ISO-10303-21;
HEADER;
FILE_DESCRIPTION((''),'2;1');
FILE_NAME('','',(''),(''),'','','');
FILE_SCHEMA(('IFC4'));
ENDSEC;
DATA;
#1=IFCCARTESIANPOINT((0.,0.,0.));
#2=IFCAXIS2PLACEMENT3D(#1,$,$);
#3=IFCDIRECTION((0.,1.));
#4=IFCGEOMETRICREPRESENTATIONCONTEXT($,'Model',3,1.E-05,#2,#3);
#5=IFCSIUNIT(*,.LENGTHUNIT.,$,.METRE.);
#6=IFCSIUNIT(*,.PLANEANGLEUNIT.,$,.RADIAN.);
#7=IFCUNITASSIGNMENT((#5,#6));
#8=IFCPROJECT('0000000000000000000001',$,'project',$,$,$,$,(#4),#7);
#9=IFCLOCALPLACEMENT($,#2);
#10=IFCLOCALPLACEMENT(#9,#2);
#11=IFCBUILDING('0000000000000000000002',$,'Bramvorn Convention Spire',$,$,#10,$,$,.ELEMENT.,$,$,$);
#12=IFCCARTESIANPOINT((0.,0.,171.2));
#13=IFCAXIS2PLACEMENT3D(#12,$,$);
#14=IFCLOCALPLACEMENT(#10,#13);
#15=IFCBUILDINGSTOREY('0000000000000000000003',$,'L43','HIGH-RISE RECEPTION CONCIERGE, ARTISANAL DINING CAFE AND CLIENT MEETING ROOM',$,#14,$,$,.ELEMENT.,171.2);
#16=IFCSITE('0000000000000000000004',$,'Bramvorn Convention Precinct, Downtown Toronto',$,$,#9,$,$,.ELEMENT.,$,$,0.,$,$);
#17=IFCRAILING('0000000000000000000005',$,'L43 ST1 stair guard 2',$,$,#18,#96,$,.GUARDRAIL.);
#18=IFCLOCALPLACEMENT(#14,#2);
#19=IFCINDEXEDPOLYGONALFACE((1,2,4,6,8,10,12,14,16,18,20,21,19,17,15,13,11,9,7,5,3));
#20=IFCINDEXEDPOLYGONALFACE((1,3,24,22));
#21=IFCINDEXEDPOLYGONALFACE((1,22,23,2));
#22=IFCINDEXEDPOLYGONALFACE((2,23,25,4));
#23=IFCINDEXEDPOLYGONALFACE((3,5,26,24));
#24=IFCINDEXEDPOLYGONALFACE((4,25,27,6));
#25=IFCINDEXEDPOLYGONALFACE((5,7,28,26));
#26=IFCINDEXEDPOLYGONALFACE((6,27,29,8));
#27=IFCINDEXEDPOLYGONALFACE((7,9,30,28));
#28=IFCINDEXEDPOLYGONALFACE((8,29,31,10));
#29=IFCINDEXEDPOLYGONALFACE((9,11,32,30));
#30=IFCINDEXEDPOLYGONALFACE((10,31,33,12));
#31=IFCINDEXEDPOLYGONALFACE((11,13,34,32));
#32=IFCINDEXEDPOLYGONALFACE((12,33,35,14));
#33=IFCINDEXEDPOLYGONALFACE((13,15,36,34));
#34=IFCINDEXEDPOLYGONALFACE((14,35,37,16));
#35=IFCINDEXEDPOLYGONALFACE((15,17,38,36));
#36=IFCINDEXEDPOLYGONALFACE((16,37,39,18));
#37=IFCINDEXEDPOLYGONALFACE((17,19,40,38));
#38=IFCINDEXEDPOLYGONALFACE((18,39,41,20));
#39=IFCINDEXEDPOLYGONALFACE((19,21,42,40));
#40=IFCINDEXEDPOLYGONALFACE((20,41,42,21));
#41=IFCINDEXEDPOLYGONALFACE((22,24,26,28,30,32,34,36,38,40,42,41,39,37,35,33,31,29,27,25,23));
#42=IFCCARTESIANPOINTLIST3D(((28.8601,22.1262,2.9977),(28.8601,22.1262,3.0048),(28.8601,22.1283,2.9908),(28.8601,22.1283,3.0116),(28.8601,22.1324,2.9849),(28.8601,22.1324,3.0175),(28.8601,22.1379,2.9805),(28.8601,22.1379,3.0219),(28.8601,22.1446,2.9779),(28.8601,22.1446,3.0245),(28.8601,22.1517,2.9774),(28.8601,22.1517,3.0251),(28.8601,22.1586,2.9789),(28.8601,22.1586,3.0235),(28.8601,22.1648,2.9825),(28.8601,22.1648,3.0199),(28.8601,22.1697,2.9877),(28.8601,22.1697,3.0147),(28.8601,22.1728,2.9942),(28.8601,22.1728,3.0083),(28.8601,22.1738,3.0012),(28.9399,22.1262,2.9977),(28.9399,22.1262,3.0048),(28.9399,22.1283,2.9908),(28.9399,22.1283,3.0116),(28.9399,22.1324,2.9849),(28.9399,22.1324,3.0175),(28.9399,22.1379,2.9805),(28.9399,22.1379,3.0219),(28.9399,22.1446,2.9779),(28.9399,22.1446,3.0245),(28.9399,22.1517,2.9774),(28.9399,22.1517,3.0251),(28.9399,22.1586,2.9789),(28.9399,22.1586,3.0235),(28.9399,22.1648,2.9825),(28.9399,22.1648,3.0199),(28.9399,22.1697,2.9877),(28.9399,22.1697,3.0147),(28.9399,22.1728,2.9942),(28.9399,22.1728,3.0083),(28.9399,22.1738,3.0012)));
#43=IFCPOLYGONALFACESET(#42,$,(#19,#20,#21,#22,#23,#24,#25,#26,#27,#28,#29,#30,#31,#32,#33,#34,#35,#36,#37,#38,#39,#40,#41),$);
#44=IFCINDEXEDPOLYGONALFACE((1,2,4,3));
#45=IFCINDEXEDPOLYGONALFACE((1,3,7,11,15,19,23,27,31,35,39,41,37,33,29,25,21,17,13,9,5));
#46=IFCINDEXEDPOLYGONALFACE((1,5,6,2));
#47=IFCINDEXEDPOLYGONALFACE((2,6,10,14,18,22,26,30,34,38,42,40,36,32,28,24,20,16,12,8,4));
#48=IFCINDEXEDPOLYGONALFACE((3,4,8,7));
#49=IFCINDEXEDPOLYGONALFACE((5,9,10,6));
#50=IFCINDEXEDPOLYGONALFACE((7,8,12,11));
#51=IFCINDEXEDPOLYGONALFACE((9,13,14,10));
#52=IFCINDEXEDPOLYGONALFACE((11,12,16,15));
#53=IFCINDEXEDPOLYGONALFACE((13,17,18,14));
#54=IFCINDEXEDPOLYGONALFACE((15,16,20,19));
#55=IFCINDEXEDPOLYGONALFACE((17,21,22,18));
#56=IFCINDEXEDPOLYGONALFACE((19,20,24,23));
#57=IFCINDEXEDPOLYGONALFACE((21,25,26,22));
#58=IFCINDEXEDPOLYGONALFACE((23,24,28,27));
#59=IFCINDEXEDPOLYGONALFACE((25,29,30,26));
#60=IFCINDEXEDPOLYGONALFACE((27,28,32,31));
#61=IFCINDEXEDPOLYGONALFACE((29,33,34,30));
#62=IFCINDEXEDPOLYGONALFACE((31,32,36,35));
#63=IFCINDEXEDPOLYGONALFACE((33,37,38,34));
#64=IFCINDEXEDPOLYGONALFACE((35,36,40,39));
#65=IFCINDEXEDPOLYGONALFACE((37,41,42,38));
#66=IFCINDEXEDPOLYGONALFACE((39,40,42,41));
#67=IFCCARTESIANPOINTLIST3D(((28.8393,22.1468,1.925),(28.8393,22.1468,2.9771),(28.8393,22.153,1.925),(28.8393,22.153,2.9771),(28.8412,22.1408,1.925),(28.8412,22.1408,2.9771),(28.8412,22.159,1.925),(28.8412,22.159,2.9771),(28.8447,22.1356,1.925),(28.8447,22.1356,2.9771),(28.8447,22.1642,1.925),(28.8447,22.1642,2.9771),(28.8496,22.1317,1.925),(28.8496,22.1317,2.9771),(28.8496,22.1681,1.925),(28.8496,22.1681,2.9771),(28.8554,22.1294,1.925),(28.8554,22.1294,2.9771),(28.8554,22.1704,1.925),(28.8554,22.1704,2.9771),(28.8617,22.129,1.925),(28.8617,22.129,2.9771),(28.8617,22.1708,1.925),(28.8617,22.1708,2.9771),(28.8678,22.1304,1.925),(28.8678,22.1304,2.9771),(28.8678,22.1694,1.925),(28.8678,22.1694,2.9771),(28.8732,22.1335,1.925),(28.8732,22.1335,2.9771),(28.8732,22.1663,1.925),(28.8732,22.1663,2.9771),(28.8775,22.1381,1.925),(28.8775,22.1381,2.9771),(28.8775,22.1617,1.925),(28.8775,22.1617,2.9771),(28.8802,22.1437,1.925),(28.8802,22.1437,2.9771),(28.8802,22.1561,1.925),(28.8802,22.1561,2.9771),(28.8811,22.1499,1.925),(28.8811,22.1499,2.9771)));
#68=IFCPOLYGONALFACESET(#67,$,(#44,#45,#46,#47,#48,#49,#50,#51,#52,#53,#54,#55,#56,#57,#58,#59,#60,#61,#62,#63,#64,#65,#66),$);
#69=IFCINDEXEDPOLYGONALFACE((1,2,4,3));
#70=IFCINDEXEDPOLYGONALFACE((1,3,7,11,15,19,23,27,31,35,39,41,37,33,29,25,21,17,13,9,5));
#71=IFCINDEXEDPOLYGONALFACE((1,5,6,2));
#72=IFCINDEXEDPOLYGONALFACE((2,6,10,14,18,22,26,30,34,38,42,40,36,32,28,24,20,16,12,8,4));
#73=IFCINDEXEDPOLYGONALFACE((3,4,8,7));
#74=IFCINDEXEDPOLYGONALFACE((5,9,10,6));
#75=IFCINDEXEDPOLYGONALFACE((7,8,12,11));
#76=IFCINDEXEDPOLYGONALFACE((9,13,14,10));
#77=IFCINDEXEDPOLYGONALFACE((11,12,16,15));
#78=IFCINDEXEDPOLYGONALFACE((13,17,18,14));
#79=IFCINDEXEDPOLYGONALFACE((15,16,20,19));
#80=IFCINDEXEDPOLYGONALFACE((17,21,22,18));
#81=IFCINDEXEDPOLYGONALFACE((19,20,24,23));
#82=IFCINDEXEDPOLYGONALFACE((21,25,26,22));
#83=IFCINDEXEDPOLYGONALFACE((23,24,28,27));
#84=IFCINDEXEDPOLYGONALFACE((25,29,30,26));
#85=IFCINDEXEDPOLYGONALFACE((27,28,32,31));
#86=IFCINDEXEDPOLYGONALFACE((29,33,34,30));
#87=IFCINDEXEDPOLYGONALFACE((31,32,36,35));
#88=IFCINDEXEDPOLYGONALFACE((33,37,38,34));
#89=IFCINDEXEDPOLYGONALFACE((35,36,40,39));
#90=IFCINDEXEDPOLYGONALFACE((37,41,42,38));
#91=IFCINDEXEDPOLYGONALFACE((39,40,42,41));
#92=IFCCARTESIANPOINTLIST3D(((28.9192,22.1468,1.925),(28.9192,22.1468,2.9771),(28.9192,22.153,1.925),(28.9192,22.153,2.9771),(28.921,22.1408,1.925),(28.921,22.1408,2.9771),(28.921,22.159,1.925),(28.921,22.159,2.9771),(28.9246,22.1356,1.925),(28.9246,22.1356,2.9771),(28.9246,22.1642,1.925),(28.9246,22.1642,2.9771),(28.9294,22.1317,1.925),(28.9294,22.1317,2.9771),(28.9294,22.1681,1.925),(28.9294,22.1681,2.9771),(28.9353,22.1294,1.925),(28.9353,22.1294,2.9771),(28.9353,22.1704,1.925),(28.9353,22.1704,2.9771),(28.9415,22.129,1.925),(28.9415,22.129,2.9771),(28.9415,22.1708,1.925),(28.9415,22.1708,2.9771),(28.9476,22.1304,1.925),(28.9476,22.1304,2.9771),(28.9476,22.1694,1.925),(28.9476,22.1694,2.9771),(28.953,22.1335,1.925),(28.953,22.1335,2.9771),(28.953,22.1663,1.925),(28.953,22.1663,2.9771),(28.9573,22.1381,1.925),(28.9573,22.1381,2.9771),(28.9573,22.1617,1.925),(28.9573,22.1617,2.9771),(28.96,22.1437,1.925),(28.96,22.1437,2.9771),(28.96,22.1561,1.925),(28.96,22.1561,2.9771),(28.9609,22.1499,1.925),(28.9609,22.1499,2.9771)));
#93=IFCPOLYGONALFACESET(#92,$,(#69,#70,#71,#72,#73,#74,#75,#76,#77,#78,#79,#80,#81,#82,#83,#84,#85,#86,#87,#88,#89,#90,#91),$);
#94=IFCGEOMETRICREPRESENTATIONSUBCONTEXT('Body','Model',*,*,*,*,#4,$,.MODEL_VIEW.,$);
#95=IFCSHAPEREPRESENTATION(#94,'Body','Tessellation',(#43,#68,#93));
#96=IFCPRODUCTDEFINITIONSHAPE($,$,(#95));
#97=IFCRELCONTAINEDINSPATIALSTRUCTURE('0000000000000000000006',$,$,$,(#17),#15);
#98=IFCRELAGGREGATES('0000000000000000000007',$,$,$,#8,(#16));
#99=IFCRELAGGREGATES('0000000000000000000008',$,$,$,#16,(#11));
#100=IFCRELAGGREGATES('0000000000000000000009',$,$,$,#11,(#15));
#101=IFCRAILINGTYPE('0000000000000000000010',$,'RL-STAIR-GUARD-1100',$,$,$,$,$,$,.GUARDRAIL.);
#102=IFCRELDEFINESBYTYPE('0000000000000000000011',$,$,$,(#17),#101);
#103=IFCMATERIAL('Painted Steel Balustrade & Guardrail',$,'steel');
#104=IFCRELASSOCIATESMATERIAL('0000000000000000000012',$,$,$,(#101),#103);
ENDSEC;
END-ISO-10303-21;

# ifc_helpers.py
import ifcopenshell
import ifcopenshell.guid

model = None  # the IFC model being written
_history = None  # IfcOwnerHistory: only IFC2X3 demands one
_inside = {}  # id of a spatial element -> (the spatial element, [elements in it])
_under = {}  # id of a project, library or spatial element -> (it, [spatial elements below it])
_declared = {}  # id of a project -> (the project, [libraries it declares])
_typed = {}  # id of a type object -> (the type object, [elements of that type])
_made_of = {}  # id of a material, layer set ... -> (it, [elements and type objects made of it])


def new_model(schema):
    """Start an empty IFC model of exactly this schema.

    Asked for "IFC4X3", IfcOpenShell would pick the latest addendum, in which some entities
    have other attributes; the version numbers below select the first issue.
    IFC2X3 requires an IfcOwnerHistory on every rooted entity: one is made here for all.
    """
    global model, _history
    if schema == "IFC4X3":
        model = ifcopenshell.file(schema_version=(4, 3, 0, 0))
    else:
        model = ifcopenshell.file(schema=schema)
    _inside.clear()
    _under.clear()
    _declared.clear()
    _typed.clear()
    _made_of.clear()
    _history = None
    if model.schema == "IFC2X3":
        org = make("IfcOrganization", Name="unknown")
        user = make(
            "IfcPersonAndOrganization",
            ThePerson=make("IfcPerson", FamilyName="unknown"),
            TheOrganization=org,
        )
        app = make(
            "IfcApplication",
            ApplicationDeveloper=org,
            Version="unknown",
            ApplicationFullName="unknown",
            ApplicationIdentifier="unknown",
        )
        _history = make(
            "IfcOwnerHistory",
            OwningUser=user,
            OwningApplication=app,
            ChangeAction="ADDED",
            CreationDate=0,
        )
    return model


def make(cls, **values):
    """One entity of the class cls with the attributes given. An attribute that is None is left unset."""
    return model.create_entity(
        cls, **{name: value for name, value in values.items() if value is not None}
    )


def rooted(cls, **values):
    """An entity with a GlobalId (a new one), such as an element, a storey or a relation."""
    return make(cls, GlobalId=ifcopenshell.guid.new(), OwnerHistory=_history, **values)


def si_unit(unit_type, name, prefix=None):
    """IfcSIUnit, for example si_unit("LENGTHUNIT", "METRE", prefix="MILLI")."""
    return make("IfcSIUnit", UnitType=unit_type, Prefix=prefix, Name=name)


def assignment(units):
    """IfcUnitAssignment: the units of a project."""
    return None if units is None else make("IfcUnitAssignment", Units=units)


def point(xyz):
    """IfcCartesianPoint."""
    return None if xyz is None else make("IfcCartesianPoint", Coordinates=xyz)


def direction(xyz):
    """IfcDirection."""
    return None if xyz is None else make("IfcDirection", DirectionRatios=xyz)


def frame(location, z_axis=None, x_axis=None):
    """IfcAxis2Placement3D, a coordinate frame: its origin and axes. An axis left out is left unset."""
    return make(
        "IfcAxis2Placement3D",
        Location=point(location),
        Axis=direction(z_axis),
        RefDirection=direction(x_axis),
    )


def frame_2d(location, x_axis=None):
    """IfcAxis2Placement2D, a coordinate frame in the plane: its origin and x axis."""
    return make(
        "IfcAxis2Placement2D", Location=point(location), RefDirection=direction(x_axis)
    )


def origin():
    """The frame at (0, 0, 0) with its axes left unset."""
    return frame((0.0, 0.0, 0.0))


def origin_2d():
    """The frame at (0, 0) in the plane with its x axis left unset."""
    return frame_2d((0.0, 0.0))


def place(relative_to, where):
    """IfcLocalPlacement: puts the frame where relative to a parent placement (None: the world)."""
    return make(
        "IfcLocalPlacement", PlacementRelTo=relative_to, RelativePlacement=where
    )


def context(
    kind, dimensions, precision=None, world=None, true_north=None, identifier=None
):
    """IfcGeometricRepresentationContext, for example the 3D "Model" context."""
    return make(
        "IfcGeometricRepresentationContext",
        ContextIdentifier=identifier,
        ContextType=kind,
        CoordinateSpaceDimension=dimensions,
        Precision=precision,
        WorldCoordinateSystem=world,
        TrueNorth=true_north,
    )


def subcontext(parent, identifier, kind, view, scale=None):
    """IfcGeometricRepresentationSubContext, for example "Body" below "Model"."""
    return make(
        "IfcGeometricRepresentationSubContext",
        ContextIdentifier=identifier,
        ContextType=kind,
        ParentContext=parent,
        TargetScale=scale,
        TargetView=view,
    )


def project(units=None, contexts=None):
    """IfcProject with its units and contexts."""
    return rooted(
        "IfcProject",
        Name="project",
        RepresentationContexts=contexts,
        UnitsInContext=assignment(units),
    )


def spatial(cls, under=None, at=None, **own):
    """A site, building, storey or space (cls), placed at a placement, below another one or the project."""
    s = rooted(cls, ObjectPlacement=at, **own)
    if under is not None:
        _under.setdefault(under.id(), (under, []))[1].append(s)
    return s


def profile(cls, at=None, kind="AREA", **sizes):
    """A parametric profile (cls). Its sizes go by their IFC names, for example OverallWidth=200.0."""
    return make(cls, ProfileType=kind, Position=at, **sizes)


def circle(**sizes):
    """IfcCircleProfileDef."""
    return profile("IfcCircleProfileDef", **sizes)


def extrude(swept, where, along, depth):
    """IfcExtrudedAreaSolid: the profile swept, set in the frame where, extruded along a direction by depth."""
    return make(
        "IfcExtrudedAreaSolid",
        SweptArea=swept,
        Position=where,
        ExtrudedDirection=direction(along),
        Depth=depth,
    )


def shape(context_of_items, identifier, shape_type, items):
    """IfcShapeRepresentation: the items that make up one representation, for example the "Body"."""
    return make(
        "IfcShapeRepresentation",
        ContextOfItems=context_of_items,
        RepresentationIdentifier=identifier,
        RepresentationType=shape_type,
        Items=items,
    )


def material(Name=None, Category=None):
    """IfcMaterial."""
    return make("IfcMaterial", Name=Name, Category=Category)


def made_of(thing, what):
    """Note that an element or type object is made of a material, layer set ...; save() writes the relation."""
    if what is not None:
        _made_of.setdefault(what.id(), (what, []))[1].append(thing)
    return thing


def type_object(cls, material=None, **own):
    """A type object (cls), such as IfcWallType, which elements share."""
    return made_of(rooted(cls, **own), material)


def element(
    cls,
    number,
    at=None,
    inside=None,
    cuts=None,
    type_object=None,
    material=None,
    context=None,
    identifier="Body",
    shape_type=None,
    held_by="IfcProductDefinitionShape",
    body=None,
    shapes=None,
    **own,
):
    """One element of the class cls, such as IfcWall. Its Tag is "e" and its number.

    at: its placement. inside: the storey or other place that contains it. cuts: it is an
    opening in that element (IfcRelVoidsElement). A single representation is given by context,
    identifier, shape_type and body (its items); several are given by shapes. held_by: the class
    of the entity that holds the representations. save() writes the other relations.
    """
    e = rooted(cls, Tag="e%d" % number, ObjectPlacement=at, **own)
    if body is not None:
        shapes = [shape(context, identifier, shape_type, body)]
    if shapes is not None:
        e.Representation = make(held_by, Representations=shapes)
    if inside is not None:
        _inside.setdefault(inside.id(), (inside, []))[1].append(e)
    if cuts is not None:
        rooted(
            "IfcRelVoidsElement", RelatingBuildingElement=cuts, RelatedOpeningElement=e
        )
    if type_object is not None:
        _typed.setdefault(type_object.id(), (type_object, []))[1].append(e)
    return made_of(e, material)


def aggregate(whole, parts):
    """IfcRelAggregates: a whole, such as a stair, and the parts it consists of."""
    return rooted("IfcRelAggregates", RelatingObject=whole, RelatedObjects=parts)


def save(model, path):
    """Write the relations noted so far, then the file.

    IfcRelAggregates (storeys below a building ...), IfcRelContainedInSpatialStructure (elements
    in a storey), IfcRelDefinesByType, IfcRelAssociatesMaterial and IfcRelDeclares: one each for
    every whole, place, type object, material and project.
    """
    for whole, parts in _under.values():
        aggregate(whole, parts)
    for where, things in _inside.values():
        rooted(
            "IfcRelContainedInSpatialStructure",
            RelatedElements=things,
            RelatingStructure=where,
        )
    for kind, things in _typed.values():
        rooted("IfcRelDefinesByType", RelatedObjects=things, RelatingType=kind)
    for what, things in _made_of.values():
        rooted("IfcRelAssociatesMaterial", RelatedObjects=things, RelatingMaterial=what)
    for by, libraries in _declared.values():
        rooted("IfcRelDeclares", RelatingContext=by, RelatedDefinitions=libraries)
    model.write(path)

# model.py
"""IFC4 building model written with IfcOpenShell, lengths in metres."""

from ifc_helpers import new_model, si_unit, direction, frame, origin, origin_2d, place, context, subcontext, project, spatial, circle, extrude, material, type_object, element, save


model = new_model("IFC4")

# Units and contexts
model_context = context("Model", 3, precision=1e-05, world=origin(), true_north=direction((0.0, 1.0)))
body_context = subcontext(model_context, "Body", "Model", "MODEL_VIEW")
ifc_project = project(units=[si_unit("LENGTHUNIT", "METRE"), si_unit("PLANEANGLEUNIT", "RADIAN")], contexts=[model_context])

# Site, building, storey
site_placement = place(None, origin())
site = spatial("IfcSite", under=ifc_project, at=site_placement, Name="Bramvorn Convention Precinct, Downtown Toronto", CompositionType="ELEMENT", RefElevation=0.0)
building_placement = place(site_placement, origin())
building = spatial("IfcBuilding", under=site, at=building_placement, Name="Bramvorn Convention Spire", CompositionType="ELEMENT")
storey_placement = place(building_placement, frame((0.0, 0.0, 171.2)))
storey = spatial("IfcBuildingStorey", under=building, at=storey_placement, Name="L43", Description="HIGH-RISE RECEPTION CONCIERGE, ARTISANAL DINING CAFE AND CLIENT MEETING ROOM", CompositionType="ELEMENT", Elevation=171.2)

# Railing
ifc_material_1 = material(Name="Painted Steel Balustrade & Guardrail", Category="steel")
railing_type_1 = type_object("IfcRailingType", Name="RL-STAIR-GUARD-1100", PredefinedType="GUARDRAIL", material=ifc_material_1)
railing_1_placement = place(storey_placement, frame((28.8601, 22.1499, 1.925)))
element("IfcRailing", 1, at=railing_1_placement, inside=storey, type_object=railing_type_1, Name="L43 ST1 stair guard 2", PredefinedType="GUARDRAIL", context=body_context, shape_type="SweptSolid", body=[
    extrude(circle(Radius=0.0239, at=origin_2d()), frame((0.0, 0.0, 1.0762), z_axis=(1.0, 0.0, 0.0), x_axis=(0.0, 1.0, 0.0)), (0.0, 0.0, 1.0), 0.0798),
    extrude(circle(Radius=0.021, at=origin_2d()), origin(), (0.0, 0.0, 1.0), 1.052),
    extrude(circle(Radius=0.021, at=origin_2d()), frame((0.0798, 0.0, 0.0)), (0.0, 0.0, 1.0), 1.052),
])

save(model, "model.ifc")
